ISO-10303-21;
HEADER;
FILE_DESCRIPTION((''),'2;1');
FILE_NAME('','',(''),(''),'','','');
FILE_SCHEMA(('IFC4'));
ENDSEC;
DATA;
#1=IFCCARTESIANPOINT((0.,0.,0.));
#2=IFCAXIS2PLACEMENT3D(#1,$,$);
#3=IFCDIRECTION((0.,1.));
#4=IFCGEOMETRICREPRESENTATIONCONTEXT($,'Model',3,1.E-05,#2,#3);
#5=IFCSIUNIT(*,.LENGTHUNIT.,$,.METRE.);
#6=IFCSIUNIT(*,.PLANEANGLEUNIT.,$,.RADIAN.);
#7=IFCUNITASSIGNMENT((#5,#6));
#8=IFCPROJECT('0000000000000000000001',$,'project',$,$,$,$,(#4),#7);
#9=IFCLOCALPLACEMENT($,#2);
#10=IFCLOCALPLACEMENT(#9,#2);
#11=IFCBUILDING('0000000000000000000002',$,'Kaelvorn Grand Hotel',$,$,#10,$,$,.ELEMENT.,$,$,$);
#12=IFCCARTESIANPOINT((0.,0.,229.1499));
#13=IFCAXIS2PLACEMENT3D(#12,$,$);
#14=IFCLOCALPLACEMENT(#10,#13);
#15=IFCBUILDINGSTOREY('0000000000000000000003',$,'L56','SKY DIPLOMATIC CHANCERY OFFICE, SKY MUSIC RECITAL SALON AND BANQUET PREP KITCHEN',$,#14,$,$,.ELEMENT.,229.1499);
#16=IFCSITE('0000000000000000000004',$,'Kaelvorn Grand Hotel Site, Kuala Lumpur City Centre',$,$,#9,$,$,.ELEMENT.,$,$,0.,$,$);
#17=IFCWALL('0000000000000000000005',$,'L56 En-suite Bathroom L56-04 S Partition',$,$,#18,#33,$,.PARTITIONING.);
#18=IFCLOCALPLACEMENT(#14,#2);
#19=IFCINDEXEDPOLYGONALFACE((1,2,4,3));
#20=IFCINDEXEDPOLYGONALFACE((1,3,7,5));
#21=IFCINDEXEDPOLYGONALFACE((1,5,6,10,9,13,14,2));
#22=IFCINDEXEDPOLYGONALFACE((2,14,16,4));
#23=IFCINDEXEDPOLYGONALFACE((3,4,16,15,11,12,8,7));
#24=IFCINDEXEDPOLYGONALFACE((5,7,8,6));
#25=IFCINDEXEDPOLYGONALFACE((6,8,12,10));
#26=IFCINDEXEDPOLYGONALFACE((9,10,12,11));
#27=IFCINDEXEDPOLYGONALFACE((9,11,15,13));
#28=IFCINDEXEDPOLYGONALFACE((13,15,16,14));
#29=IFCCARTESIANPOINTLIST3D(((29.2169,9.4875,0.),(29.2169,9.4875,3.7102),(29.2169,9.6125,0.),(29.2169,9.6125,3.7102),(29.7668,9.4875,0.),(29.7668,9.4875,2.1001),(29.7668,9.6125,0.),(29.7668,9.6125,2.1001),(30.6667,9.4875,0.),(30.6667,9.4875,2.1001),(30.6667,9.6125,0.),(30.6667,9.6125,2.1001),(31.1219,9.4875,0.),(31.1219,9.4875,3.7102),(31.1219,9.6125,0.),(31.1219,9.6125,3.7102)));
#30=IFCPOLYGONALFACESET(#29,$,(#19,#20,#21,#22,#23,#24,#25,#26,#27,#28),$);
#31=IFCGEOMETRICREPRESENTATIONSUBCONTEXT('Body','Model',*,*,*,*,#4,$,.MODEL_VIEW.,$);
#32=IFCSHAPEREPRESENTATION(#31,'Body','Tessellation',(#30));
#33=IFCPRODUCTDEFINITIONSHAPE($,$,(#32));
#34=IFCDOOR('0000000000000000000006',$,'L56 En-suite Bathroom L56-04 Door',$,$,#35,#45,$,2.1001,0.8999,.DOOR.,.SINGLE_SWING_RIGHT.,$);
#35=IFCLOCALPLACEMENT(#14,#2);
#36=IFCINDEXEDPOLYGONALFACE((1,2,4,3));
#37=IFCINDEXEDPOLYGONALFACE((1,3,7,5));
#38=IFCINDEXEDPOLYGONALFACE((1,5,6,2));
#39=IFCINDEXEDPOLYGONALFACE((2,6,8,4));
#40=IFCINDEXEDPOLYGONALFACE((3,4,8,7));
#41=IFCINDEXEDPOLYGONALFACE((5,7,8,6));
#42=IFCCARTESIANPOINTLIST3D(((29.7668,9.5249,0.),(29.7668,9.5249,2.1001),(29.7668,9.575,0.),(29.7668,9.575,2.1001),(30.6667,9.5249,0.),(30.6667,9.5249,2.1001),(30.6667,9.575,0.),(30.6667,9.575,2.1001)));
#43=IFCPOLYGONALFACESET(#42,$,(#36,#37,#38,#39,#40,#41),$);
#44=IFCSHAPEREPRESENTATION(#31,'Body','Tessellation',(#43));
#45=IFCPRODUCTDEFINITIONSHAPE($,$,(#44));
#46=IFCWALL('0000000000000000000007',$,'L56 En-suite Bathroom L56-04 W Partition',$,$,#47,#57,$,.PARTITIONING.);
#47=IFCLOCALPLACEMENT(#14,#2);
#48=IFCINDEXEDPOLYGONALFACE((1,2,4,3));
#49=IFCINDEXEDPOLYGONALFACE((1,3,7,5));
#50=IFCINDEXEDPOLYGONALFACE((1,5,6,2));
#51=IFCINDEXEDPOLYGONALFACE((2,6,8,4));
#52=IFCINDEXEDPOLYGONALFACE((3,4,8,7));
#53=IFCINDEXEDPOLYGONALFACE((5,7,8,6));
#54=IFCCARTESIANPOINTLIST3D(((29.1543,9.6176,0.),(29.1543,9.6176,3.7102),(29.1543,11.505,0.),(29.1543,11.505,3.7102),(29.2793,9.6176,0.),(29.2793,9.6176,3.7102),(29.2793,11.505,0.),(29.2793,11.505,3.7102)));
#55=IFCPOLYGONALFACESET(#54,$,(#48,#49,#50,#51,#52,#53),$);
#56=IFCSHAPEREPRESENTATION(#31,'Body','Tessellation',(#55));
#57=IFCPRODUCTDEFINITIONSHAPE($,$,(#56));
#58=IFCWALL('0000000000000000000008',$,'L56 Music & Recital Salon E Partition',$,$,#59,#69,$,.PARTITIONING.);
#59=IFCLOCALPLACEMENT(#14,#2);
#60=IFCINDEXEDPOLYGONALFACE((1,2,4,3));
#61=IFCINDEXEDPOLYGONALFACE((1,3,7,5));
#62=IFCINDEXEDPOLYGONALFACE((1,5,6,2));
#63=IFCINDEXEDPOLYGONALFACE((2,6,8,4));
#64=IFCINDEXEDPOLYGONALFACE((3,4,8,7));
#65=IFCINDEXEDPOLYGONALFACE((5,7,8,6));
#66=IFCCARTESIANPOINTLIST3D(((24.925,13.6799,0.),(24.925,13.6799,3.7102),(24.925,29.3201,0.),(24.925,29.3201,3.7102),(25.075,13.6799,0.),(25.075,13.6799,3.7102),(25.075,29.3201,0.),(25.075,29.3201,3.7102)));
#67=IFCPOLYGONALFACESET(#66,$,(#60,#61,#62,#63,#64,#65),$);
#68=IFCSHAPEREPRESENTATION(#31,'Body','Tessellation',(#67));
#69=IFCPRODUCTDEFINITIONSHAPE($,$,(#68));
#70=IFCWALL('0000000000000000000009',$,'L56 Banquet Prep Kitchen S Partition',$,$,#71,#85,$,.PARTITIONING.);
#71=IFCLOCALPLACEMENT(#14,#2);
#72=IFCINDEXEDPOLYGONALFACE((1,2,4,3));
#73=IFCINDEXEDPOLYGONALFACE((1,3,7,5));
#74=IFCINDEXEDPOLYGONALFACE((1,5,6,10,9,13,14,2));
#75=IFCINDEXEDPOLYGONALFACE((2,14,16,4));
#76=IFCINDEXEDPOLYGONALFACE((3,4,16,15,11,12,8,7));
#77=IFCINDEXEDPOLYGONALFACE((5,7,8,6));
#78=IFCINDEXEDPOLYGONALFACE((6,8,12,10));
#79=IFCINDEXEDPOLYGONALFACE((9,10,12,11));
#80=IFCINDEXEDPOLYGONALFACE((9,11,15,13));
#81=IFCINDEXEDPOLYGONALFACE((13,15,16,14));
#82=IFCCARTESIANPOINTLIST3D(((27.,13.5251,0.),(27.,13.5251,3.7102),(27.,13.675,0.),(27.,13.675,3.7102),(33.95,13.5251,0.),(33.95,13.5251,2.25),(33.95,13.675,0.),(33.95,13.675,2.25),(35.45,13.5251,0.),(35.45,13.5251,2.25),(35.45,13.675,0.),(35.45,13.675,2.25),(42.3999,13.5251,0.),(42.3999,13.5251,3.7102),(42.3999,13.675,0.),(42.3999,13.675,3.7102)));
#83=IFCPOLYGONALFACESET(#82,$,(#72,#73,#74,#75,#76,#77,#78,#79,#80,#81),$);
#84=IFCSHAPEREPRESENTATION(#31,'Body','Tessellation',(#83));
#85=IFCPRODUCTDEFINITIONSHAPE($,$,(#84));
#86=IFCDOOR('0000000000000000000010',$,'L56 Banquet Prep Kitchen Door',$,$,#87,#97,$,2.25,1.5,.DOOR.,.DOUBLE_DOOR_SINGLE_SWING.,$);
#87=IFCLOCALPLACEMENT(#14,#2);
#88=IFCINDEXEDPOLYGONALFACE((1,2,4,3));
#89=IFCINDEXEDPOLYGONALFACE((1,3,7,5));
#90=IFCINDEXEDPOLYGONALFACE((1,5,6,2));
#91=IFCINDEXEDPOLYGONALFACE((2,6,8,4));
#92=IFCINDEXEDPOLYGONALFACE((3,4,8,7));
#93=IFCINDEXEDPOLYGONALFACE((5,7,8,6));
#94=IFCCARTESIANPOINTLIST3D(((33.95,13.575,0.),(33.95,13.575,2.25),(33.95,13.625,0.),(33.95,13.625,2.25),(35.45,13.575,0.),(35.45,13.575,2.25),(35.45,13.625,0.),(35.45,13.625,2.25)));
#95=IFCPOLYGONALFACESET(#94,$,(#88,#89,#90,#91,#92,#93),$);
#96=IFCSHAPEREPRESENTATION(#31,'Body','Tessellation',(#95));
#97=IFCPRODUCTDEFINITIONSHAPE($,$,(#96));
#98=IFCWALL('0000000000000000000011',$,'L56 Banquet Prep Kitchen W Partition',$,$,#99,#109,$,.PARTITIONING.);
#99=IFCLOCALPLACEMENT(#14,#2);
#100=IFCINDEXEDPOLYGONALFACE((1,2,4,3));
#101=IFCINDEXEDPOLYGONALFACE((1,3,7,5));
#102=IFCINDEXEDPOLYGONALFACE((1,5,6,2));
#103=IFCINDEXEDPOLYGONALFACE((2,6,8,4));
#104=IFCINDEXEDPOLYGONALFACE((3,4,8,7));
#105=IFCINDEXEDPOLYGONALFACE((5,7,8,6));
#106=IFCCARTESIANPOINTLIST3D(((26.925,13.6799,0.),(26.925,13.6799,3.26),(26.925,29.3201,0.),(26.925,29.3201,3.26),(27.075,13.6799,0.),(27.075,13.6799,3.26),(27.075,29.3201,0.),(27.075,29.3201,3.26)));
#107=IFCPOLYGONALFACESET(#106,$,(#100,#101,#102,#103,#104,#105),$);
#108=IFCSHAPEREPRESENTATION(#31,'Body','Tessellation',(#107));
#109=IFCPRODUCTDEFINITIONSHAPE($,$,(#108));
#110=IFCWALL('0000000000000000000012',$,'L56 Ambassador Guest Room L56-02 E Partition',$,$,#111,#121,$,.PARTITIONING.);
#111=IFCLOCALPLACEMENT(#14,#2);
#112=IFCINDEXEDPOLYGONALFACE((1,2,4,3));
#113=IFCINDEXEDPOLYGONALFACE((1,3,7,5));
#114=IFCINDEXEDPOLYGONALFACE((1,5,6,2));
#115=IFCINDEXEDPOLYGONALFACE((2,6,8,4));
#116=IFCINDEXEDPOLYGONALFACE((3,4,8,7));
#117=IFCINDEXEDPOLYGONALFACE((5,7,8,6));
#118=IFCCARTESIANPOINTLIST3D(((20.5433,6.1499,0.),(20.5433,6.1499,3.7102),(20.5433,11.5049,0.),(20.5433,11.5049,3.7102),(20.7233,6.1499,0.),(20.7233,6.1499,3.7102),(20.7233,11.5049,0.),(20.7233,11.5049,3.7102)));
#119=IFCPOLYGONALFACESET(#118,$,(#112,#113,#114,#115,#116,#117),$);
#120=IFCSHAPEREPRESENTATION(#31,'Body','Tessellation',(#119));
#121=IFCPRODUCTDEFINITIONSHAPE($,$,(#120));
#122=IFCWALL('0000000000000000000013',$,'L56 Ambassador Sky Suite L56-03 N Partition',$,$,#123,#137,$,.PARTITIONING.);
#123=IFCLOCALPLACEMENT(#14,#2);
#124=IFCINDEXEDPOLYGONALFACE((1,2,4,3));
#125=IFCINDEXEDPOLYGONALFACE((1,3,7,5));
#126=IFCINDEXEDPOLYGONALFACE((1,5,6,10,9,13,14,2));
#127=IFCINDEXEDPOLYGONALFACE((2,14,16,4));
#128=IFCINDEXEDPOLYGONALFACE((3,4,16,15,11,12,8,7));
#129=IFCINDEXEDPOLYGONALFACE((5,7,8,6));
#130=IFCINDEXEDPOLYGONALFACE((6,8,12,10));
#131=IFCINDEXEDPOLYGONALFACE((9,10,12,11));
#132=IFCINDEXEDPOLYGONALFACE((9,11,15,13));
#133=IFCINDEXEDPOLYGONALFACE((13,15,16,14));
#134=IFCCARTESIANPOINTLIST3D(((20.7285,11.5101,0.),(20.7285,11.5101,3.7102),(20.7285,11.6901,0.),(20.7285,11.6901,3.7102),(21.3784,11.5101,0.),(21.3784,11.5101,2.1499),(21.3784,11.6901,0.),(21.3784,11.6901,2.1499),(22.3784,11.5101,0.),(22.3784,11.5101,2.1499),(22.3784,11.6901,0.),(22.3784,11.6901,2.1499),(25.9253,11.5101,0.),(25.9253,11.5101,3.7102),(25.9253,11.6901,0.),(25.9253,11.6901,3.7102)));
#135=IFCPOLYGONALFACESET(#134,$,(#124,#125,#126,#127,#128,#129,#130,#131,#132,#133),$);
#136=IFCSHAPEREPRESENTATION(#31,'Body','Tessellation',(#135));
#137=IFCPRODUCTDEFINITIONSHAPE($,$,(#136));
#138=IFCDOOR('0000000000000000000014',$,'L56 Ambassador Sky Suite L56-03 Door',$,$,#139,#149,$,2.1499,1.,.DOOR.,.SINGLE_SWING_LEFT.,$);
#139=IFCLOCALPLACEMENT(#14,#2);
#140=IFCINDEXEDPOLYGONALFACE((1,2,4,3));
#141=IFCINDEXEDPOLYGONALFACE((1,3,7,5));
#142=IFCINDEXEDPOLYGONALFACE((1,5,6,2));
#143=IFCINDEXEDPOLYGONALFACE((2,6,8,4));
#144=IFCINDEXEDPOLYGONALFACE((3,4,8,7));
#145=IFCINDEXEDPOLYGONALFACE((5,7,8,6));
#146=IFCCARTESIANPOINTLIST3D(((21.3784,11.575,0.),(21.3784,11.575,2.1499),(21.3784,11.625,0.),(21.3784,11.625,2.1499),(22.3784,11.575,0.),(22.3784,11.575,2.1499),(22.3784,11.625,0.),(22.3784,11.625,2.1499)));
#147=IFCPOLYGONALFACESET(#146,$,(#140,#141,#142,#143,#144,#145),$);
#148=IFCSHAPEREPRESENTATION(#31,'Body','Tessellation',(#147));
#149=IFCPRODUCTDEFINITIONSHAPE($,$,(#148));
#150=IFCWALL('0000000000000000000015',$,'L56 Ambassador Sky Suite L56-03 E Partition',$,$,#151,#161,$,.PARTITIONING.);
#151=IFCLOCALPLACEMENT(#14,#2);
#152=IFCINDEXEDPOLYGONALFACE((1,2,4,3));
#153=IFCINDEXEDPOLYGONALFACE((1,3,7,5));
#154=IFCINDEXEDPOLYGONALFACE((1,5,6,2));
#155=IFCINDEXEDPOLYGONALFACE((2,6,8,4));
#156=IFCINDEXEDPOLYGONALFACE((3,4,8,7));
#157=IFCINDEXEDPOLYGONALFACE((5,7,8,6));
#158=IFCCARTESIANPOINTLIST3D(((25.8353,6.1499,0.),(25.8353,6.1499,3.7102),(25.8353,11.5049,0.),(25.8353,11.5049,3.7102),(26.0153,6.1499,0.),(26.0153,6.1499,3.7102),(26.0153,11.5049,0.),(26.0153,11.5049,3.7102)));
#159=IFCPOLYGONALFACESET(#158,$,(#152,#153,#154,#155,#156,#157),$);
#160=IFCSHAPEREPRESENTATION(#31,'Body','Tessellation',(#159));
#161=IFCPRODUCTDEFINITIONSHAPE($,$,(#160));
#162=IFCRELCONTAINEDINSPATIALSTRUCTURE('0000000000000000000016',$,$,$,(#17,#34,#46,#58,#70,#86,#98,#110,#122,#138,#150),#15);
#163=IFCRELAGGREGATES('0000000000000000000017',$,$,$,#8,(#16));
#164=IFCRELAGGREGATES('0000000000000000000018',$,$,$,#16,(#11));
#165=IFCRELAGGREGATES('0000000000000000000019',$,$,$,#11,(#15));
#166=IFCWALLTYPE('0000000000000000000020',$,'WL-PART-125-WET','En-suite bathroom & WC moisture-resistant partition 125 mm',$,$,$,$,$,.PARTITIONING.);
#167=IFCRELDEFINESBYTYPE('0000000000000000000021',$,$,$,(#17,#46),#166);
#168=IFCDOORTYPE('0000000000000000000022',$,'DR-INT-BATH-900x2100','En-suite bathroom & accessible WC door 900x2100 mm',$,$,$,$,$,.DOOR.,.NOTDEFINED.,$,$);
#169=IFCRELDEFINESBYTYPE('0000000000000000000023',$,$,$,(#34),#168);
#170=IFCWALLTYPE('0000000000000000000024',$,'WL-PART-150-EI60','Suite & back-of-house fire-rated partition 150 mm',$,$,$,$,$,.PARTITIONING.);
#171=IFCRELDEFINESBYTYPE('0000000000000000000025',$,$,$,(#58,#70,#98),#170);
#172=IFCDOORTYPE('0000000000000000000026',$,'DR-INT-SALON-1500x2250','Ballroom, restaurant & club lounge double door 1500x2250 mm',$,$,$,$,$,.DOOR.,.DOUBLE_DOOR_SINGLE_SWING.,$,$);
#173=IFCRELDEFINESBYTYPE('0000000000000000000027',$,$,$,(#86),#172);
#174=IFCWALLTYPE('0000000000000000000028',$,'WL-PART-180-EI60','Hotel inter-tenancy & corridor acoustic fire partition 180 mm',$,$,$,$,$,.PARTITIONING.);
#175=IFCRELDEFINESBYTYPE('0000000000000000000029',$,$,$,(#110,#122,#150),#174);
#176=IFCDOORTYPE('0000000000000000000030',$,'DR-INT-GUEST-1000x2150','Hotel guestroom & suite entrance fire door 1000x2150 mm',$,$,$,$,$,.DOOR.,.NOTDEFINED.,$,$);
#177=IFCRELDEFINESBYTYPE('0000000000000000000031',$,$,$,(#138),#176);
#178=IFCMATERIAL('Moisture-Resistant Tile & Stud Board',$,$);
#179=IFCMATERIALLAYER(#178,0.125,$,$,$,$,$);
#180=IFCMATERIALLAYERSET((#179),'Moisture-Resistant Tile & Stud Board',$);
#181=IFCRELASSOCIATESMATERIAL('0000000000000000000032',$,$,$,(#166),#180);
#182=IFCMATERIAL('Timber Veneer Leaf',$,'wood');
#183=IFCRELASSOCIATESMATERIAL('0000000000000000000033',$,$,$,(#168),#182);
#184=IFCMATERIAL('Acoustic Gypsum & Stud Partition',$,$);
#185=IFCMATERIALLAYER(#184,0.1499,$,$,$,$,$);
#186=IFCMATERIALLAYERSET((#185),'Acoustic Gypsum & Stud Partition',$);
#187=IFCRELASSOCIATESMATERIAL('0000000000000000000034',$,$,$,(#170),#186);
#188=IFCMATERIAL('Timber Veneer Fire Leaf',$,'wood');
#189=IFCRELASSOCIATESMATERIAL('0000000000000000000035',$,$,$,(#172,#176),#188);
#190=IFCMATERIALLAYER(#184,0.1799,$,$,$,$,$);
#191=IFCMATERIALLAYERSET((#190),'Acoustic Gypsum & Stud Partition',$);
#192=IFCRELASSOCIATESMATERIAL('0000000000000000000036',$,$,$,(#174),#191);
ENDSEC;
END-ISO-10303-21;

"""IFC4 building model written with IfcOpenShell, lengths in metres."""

from ifc_helpers import new_model, si_unit, direction, frame, frame_2d, origin, place, context, subcontext, project, spatial, rectangle, extrude, material, layer, layer_set, type_object, element, fill, save


model = new_model("IFC4")

# Units and contexts
model_context = context("Model", 3, precision=1e-05, world=origin(), true_north=direction((0.0, 1.0)))
body_context = subcontext(model_context, "Body", "Model", "MODEL_VIEW")
ifc_project = project(units=[si_unit("LENGTHUNIT", "METRE"), si_unit("PLANEANGLEUNIT", "RADIAN")], contexts=[model_context])

# Site, building, storey
site_placement = place(None, origin())
site = spatial("IfcSite", under=ifc_project, at=site_placement, Name="Kaelvorn Grand Hotel Site, Kuala Lumpur City Centre", CompositionType="ELEMENT", RefElevation=0.0)
building_placement = place(site_placement, origin())
building = spatial("IfcBuilding", under=site, at=building_placement, Name="Kaelvorn Grand Hotel", CompositionType="ELEMENT")
storey_placement = place(building_placement, frame((0.0, 0.0, 229.1499)))
storey = spatial("IfcBuildingStorey", under=building, at=storey_placement, Name="L56", Description="SKY DIPLOMATIC CHANCERY OFFICE, SKY MUSIC RECITAL SALON AND BANQUET PREP KITCHEN", CompositionType="ELEMENT", Elevation=229.1499)

# Shared definitions
ifc_material_1 = material(Name="Moisture-Resistant Tile & Stud Board")
ifc_layer_1 = layer(ifc_material_1, 0.125)
ifc_layer_set_1 = layer_set([ifc_layer_1], Name="Moisture-Resistant Tile & Stud Board")
wall_type_1 = type_object("IfcWallType", Name="WL-PART-125-WET", Description="En-suite bathroom & WC moisture-resistant partition 125 mm", PredefinedType="PARTITIONING", material=ifc_layer_set_1)
ifc_material_2 = material(Name="Timber Veneer Leaf", Category="wood")
door_type_1 = type_object("IfcDoorType", Name="DR-INT-BATH-900x2100", Description="En-suite bathroom & accessible WC door 900x2100 mm", OperationType="NOTDEFINED", PredefinedType="DOOR", material=ifc_material_2)

# Wall, opening, door
wall_1_placement = place(storey_placement, frame((29.2168, 9.55, 0.0), z_axis=(0.0, 0.0, 1.0), x_axis=(1.0, 0.0, 0.0)))
wall_1 = element("IfcWall", 1, at=wall_1_placement, inside=storey, type_object=wall_type_1, Name="L56 En-suite Bathroom L56-04 S Partition", PredefinedType="PARTITIONING", context=body_context, shape_type="SweptSolid", body=[
    extrude(rectangle(XDim=1.905, YDim=0.125, at=frame_2d((0.9526, 0.0))), origin(), (0.0, 0.0, 1.0), 3.7102),
])
opening_1_placement = place(wall_1_placement, frame((0.55, 0.0, 0.0)))
opening_1 = element("IfcOpeningElement", 2, at=opening_1_placement, cuts=wall_1, PredefinedType="OPENING", context=body_context, shape_type="SweptSolid", body=[
    extrude(rectangle(XDim=0.8999, YDim=2.1001, at=frame_2d((0.45, 1.05))), frame((0.0, 0.0725, 0.0), z_axis=(0.0, -1.0, 0.0), x_axis=(1.0, 0.0, 0.0)), (0.0, 0.0, 1.0), 0.145),
])
door_1_placement = place(opening_1_placement, origin())
door_1 = element("IfcDoor", 3, at=door_1_placement, inside=storey, type_object=door_type_1, Name="L56 En-suite Bathroom L56-04 Door", OperationType="SINGLE_SWING_RIGHT", OverallHeight=2.1001, OverallWidth=0.8999, PredefinedType="DOOR", context=body_context, shape_type="SweptSolid", body=[
    extrude(rectangle(XDim=0.8999, YDim=2.1001, at=frame_2d((0.45, 1.05))), frame((0.0, 0.0249, 0.0), z_axis=(0.0, -1.0, 0.0), x_axis=(1.0, 0.0, 0.0)), (0.0, 0.0, 1.0), 0.05),
])
fill(opening_1, door_1)

# Walls
wall_2_placement = place(storey_placement, frame((29.2168, 9.6174, 0.0), z_axis=(0.0, 0.0, 1.0), x_axis=(0.0, 1.0, 0.0)))
element("IfcWall", 4, at=wall_2_placement, inside=storey, type_object=wall_type_1, Name="L56 En-suite Bathroom L56-04 W Partition", PredefinedType="PARTITIONING", context=body_context, shape_type="SweptSolid", body=[
    extrude(rectangle(XDim=1.8875, YDim=0.125, at=frame_2d((0.9438, 0.0))), origin(), (0.0, 0.0, 1.0), 3.7102),
])
ifc_material_3 = material(Name="Acoustic Gypsum & Stud Partition")
ifc_layer_2 = layer(ifc_material_3, 0.1499)
ifc_layer_set_2 = layer_set([ifc_layer_2], Name="Acoustic Gypsum & Stud Partition")
wall_type_2 = type_object("IfcWallType", Name="WL-PART-150-EI60", Description="Suite & back-of-house fire-rated partition 150 mm", PredefinedType="PARTITIONING", material=ifc_layer_set_2)
wall_3_placement = place(storey_placement, frame((25.0, 13.6799, 0.0), z_axis=(0.0, 0.0, 1.0), x_axis=(0.0, 1.0, 0.0)))
element("IfcWall", 5, at=wall_3_placement, inside=storey, type_object=wall_type_2, Name="L56 Music & Recital Salon E Partition", PredefinedType="PARTITIONING", context=body_context, shape_type="SweptSolid", body=[
    extrude(rectangle(XDim=15.6401, YDim=0.1499, at=frame_2d((7.8201, 0.0))), origin(), (0.0, 0.0, 1.0), 3.7102),
])

# Wall, opening, door
wall_4_placement = place(storey_placement, frame((27.0, 13.6001, 0.0), z_axis=(0.0, 0.0, 1.0), x_axis=(1.0, 0.0, 0.0)))
wall_4 = element("IfcWall", 6, at=wall_4_placement, inside=storey, type_object=wall_type_2, Name="L56 Banquet Prep Kitchen S Partition", PredefinedType="PARTITIONING", context=body_context, shape_type="SweptSolid", body=[
    extrude(rectangle(XDim=15.3999, YDim=0.1499, at=frame_2d((7.7, 0.0))), origin(), (0.0, 0.0, 1.0), 3.7102),
])
opening_2_placement = place(wall_4_placement, frame((6.95, 0.0, 0.0)))
opening_2 = element("IfcOpeningElement", 7, at=opening_2_placement, cuts=wall_4, PredefinedType="OPENING", context=body_context, shape_type="SweptSolid", body=[
    extrude(rectangle(XDim=1.5, YDim=2.25, at=frame_2d((0.75, 1.125))), frame((0.0, 0.085, 0.0), z_axis=(0.0, -1.0, 0.0), x_axis=(1.0, 0.0, 0.0)), (0.0, 0.0, 1.0), 0.1699),
])
ifc_material_4 = material(Name="Timber Veneer Fire Leaf", Category="wood")
door_type_2 = type_object("IfcDoorType", Name="DR-INT-SALON-1500x2250", Description="Ballroom, restaurant & club lounge double door 1500x2250 mm", OperationType="DOUBLE_DOOR_SINGLE_SWING", PredefinedType="DOOR", material=ifc_material_4)
door_2_placement = place(opening_2_placement, origin())
door_2 = element("IfcDoor", 8, at=door_2_placement, inside=storey, type_object=door_type_2, Name="L56 Banquet Prep Kitchen Door", OperationType="DOUBLE_DOOR_SINGLE_SWING", OverallHeight=2.25, OverallWidth=1.5, PredefinedType="DOOR", context=body_context, shape_type="SweptSolid", body=[
    extrude(rectangle(XDim=1.5, YDim=2.25, at=frame_2d((0.75, 1.125))), frame((0.0, 0.0249, 0.0), z_axis=(0.0, -1.0, 0.0), x_axis=(1.0, 0.0, 0.0)), (0.0, 0.0, 1.0), 0.05),
])
fill(opening_2, door_2)

# Walls
wall_5_placement = place(storey_placement, frame((27.0, 13.6799, 0.0), z_axis=(0.0, 0.0, 1.0), x_axis=(0.0, 1.0, 0.0)))
element("IfcWall", 9, at=wall_5_placement, inside=storey, type_object=wall_type_2, Name="L56 Banquet Prep Kitchen W Partition", PredefinedType="PARTITIONING", context=body_context, shape_type="SweptSolid", body=[
    extrude(rectangle(XDim=15.6401, YDim=0.1499, at=frame_2d((7.8201, 0.0))), origin(), (0.0, 0.0, 1.0), 3.26),
])
ifc_layer_3 = layer(ifc_material_3, 0.1799)
ifc_layer_set_3 = layer_set([ifc_layer_3], Name="Acoustic Gypsum & Stud Partition")
wall_type_3 = type_object("IfcWallType", Name="WL-PART-180-EI60", Description="Hotel inter-tenancy & corridor acoustic fire partition 180 mm", PredefinedType="PARTITIONING", material=ifc_layer_set_3)
wall_6_placement = place(storey_placement, frame((20.6333, 6.1499, 0.0), z_axis=(0.0, 0.0, 1.0), x_axis=(0.0, 1.0, 0.0)))
element("IfcWall", 10, at=wall_6_placement, inside=storey, type_object=wall_type_3, Name="L56 Ambassador Guest Room L56-02 E Partition", PredefinedType="PARTITIONING", context=body_context, shape_type="SweptSolid", body=[
    extrude(rectangle(XDim=5.355, YDim=0.1799, at=frame_2d((2.6775, 0.0))), origin(), (0.0, 0.0, 1.0), 3.7102),
])

# Wall, opening, door
wall_7_placement = place(storey_placement, frame((20.7285, 11.6001, 0.0), z_axis=(0.0, 0.0, 1.0), x_axis=(1.0, 0.0, 0.0)))
wall_7 = element("IfcWall", 11, at=wall_7_placement, inside=storey, type_object=wall_type_3, Name="L56 Ambassador Sky Suite L56-03 N Partition", PredefinedType="PARTITIONING", context=body_context, shape_type="SweptSolid", body=[
    extrude(rectangle(XDim=5.1968, YDim=0.1799, at=frame_2d((2.5984, 0.0))), origin(), (0.0, 0.0, 1.0), 3.7102),
])
opening_3_placement = place(wall_7_placement, frame((0.6499, 0.0, 0.0)))
opening_3 = element("IfcOpeningElement", 12, at=opening_3_placement, cuts=wall_7, PredefinedType="OPENING", context=body_context, shape_type="SweptSolid", body=[
    extrude(rectangle(XDim=1.0, YDim=2.1499, at=frame_2d((0.5, 1.075))), frame((0.0, 0.1001, 0.0), z_axis=(0.0, -1.0, 0.0), x_axis=(1.0, 0.0, 0.0)), (0.0, 0.0, 1.0), 0.2),
])
door_type_3 = type_object("IfcDoorType", Name="DR-INT-GUEST-1000x2150", Description="Hotel guestroom & suite entrance fire door 1000x2150 mm", OperationType="NOTDEFINED", PredefinedType="DOOR", material=ifc_material_4)
door_3_placement = place(opening_3_placement, origin())
door_3 = element("IfcDoor", 13, at=door_3_placement, inside=storey, type_object=door_type_3, Name="L56 Ambassador Sky Suite L56-03 Door", OperationType="SINGLE_SWING_LEFT", OverallHeight=2.1499, OverallWidth=1.0, PredefinedType="DOOR", context=body_context, shape_type="SweptSolid", body=[
    extrude(rectangle(XDim=1.0, YDim=2.1499, at=frame_2d((0.5, 1.075))), frame((0.0, 0.0249, 0.0), z_axis=(0.0, -1.0, 0.0), x_axis=(1.0, 0.0, 0.0)), (0.0, 0.0, 1.0), 0.05),
])
fill(opening_3, door_3)

# Wall
wall_8_placement = place(storey_placement, frame((25.9253, 6.1499, 0.0), z_axis=(0.0, 0.0, 1.0), x_axis=(0.0, 1.0, 0.0)))
element("IfcWall", 14, at=wall_8_placement, inside=storey, type_object=wall_type_3, Name="L56 Ambassador Sky Suite L56-03 E Partition", PredefinedType="PARTITIONING", context=body_context, shape_type="SweptSolid", body=[
    extrude(rectangle(XDim=5.355, YDim=0.1799, at=frame_2d((2.6775, 0.0))), origin(), (0.0, 0.0, 1.0), 3.7102),
])

save(model, "model.ifc")
